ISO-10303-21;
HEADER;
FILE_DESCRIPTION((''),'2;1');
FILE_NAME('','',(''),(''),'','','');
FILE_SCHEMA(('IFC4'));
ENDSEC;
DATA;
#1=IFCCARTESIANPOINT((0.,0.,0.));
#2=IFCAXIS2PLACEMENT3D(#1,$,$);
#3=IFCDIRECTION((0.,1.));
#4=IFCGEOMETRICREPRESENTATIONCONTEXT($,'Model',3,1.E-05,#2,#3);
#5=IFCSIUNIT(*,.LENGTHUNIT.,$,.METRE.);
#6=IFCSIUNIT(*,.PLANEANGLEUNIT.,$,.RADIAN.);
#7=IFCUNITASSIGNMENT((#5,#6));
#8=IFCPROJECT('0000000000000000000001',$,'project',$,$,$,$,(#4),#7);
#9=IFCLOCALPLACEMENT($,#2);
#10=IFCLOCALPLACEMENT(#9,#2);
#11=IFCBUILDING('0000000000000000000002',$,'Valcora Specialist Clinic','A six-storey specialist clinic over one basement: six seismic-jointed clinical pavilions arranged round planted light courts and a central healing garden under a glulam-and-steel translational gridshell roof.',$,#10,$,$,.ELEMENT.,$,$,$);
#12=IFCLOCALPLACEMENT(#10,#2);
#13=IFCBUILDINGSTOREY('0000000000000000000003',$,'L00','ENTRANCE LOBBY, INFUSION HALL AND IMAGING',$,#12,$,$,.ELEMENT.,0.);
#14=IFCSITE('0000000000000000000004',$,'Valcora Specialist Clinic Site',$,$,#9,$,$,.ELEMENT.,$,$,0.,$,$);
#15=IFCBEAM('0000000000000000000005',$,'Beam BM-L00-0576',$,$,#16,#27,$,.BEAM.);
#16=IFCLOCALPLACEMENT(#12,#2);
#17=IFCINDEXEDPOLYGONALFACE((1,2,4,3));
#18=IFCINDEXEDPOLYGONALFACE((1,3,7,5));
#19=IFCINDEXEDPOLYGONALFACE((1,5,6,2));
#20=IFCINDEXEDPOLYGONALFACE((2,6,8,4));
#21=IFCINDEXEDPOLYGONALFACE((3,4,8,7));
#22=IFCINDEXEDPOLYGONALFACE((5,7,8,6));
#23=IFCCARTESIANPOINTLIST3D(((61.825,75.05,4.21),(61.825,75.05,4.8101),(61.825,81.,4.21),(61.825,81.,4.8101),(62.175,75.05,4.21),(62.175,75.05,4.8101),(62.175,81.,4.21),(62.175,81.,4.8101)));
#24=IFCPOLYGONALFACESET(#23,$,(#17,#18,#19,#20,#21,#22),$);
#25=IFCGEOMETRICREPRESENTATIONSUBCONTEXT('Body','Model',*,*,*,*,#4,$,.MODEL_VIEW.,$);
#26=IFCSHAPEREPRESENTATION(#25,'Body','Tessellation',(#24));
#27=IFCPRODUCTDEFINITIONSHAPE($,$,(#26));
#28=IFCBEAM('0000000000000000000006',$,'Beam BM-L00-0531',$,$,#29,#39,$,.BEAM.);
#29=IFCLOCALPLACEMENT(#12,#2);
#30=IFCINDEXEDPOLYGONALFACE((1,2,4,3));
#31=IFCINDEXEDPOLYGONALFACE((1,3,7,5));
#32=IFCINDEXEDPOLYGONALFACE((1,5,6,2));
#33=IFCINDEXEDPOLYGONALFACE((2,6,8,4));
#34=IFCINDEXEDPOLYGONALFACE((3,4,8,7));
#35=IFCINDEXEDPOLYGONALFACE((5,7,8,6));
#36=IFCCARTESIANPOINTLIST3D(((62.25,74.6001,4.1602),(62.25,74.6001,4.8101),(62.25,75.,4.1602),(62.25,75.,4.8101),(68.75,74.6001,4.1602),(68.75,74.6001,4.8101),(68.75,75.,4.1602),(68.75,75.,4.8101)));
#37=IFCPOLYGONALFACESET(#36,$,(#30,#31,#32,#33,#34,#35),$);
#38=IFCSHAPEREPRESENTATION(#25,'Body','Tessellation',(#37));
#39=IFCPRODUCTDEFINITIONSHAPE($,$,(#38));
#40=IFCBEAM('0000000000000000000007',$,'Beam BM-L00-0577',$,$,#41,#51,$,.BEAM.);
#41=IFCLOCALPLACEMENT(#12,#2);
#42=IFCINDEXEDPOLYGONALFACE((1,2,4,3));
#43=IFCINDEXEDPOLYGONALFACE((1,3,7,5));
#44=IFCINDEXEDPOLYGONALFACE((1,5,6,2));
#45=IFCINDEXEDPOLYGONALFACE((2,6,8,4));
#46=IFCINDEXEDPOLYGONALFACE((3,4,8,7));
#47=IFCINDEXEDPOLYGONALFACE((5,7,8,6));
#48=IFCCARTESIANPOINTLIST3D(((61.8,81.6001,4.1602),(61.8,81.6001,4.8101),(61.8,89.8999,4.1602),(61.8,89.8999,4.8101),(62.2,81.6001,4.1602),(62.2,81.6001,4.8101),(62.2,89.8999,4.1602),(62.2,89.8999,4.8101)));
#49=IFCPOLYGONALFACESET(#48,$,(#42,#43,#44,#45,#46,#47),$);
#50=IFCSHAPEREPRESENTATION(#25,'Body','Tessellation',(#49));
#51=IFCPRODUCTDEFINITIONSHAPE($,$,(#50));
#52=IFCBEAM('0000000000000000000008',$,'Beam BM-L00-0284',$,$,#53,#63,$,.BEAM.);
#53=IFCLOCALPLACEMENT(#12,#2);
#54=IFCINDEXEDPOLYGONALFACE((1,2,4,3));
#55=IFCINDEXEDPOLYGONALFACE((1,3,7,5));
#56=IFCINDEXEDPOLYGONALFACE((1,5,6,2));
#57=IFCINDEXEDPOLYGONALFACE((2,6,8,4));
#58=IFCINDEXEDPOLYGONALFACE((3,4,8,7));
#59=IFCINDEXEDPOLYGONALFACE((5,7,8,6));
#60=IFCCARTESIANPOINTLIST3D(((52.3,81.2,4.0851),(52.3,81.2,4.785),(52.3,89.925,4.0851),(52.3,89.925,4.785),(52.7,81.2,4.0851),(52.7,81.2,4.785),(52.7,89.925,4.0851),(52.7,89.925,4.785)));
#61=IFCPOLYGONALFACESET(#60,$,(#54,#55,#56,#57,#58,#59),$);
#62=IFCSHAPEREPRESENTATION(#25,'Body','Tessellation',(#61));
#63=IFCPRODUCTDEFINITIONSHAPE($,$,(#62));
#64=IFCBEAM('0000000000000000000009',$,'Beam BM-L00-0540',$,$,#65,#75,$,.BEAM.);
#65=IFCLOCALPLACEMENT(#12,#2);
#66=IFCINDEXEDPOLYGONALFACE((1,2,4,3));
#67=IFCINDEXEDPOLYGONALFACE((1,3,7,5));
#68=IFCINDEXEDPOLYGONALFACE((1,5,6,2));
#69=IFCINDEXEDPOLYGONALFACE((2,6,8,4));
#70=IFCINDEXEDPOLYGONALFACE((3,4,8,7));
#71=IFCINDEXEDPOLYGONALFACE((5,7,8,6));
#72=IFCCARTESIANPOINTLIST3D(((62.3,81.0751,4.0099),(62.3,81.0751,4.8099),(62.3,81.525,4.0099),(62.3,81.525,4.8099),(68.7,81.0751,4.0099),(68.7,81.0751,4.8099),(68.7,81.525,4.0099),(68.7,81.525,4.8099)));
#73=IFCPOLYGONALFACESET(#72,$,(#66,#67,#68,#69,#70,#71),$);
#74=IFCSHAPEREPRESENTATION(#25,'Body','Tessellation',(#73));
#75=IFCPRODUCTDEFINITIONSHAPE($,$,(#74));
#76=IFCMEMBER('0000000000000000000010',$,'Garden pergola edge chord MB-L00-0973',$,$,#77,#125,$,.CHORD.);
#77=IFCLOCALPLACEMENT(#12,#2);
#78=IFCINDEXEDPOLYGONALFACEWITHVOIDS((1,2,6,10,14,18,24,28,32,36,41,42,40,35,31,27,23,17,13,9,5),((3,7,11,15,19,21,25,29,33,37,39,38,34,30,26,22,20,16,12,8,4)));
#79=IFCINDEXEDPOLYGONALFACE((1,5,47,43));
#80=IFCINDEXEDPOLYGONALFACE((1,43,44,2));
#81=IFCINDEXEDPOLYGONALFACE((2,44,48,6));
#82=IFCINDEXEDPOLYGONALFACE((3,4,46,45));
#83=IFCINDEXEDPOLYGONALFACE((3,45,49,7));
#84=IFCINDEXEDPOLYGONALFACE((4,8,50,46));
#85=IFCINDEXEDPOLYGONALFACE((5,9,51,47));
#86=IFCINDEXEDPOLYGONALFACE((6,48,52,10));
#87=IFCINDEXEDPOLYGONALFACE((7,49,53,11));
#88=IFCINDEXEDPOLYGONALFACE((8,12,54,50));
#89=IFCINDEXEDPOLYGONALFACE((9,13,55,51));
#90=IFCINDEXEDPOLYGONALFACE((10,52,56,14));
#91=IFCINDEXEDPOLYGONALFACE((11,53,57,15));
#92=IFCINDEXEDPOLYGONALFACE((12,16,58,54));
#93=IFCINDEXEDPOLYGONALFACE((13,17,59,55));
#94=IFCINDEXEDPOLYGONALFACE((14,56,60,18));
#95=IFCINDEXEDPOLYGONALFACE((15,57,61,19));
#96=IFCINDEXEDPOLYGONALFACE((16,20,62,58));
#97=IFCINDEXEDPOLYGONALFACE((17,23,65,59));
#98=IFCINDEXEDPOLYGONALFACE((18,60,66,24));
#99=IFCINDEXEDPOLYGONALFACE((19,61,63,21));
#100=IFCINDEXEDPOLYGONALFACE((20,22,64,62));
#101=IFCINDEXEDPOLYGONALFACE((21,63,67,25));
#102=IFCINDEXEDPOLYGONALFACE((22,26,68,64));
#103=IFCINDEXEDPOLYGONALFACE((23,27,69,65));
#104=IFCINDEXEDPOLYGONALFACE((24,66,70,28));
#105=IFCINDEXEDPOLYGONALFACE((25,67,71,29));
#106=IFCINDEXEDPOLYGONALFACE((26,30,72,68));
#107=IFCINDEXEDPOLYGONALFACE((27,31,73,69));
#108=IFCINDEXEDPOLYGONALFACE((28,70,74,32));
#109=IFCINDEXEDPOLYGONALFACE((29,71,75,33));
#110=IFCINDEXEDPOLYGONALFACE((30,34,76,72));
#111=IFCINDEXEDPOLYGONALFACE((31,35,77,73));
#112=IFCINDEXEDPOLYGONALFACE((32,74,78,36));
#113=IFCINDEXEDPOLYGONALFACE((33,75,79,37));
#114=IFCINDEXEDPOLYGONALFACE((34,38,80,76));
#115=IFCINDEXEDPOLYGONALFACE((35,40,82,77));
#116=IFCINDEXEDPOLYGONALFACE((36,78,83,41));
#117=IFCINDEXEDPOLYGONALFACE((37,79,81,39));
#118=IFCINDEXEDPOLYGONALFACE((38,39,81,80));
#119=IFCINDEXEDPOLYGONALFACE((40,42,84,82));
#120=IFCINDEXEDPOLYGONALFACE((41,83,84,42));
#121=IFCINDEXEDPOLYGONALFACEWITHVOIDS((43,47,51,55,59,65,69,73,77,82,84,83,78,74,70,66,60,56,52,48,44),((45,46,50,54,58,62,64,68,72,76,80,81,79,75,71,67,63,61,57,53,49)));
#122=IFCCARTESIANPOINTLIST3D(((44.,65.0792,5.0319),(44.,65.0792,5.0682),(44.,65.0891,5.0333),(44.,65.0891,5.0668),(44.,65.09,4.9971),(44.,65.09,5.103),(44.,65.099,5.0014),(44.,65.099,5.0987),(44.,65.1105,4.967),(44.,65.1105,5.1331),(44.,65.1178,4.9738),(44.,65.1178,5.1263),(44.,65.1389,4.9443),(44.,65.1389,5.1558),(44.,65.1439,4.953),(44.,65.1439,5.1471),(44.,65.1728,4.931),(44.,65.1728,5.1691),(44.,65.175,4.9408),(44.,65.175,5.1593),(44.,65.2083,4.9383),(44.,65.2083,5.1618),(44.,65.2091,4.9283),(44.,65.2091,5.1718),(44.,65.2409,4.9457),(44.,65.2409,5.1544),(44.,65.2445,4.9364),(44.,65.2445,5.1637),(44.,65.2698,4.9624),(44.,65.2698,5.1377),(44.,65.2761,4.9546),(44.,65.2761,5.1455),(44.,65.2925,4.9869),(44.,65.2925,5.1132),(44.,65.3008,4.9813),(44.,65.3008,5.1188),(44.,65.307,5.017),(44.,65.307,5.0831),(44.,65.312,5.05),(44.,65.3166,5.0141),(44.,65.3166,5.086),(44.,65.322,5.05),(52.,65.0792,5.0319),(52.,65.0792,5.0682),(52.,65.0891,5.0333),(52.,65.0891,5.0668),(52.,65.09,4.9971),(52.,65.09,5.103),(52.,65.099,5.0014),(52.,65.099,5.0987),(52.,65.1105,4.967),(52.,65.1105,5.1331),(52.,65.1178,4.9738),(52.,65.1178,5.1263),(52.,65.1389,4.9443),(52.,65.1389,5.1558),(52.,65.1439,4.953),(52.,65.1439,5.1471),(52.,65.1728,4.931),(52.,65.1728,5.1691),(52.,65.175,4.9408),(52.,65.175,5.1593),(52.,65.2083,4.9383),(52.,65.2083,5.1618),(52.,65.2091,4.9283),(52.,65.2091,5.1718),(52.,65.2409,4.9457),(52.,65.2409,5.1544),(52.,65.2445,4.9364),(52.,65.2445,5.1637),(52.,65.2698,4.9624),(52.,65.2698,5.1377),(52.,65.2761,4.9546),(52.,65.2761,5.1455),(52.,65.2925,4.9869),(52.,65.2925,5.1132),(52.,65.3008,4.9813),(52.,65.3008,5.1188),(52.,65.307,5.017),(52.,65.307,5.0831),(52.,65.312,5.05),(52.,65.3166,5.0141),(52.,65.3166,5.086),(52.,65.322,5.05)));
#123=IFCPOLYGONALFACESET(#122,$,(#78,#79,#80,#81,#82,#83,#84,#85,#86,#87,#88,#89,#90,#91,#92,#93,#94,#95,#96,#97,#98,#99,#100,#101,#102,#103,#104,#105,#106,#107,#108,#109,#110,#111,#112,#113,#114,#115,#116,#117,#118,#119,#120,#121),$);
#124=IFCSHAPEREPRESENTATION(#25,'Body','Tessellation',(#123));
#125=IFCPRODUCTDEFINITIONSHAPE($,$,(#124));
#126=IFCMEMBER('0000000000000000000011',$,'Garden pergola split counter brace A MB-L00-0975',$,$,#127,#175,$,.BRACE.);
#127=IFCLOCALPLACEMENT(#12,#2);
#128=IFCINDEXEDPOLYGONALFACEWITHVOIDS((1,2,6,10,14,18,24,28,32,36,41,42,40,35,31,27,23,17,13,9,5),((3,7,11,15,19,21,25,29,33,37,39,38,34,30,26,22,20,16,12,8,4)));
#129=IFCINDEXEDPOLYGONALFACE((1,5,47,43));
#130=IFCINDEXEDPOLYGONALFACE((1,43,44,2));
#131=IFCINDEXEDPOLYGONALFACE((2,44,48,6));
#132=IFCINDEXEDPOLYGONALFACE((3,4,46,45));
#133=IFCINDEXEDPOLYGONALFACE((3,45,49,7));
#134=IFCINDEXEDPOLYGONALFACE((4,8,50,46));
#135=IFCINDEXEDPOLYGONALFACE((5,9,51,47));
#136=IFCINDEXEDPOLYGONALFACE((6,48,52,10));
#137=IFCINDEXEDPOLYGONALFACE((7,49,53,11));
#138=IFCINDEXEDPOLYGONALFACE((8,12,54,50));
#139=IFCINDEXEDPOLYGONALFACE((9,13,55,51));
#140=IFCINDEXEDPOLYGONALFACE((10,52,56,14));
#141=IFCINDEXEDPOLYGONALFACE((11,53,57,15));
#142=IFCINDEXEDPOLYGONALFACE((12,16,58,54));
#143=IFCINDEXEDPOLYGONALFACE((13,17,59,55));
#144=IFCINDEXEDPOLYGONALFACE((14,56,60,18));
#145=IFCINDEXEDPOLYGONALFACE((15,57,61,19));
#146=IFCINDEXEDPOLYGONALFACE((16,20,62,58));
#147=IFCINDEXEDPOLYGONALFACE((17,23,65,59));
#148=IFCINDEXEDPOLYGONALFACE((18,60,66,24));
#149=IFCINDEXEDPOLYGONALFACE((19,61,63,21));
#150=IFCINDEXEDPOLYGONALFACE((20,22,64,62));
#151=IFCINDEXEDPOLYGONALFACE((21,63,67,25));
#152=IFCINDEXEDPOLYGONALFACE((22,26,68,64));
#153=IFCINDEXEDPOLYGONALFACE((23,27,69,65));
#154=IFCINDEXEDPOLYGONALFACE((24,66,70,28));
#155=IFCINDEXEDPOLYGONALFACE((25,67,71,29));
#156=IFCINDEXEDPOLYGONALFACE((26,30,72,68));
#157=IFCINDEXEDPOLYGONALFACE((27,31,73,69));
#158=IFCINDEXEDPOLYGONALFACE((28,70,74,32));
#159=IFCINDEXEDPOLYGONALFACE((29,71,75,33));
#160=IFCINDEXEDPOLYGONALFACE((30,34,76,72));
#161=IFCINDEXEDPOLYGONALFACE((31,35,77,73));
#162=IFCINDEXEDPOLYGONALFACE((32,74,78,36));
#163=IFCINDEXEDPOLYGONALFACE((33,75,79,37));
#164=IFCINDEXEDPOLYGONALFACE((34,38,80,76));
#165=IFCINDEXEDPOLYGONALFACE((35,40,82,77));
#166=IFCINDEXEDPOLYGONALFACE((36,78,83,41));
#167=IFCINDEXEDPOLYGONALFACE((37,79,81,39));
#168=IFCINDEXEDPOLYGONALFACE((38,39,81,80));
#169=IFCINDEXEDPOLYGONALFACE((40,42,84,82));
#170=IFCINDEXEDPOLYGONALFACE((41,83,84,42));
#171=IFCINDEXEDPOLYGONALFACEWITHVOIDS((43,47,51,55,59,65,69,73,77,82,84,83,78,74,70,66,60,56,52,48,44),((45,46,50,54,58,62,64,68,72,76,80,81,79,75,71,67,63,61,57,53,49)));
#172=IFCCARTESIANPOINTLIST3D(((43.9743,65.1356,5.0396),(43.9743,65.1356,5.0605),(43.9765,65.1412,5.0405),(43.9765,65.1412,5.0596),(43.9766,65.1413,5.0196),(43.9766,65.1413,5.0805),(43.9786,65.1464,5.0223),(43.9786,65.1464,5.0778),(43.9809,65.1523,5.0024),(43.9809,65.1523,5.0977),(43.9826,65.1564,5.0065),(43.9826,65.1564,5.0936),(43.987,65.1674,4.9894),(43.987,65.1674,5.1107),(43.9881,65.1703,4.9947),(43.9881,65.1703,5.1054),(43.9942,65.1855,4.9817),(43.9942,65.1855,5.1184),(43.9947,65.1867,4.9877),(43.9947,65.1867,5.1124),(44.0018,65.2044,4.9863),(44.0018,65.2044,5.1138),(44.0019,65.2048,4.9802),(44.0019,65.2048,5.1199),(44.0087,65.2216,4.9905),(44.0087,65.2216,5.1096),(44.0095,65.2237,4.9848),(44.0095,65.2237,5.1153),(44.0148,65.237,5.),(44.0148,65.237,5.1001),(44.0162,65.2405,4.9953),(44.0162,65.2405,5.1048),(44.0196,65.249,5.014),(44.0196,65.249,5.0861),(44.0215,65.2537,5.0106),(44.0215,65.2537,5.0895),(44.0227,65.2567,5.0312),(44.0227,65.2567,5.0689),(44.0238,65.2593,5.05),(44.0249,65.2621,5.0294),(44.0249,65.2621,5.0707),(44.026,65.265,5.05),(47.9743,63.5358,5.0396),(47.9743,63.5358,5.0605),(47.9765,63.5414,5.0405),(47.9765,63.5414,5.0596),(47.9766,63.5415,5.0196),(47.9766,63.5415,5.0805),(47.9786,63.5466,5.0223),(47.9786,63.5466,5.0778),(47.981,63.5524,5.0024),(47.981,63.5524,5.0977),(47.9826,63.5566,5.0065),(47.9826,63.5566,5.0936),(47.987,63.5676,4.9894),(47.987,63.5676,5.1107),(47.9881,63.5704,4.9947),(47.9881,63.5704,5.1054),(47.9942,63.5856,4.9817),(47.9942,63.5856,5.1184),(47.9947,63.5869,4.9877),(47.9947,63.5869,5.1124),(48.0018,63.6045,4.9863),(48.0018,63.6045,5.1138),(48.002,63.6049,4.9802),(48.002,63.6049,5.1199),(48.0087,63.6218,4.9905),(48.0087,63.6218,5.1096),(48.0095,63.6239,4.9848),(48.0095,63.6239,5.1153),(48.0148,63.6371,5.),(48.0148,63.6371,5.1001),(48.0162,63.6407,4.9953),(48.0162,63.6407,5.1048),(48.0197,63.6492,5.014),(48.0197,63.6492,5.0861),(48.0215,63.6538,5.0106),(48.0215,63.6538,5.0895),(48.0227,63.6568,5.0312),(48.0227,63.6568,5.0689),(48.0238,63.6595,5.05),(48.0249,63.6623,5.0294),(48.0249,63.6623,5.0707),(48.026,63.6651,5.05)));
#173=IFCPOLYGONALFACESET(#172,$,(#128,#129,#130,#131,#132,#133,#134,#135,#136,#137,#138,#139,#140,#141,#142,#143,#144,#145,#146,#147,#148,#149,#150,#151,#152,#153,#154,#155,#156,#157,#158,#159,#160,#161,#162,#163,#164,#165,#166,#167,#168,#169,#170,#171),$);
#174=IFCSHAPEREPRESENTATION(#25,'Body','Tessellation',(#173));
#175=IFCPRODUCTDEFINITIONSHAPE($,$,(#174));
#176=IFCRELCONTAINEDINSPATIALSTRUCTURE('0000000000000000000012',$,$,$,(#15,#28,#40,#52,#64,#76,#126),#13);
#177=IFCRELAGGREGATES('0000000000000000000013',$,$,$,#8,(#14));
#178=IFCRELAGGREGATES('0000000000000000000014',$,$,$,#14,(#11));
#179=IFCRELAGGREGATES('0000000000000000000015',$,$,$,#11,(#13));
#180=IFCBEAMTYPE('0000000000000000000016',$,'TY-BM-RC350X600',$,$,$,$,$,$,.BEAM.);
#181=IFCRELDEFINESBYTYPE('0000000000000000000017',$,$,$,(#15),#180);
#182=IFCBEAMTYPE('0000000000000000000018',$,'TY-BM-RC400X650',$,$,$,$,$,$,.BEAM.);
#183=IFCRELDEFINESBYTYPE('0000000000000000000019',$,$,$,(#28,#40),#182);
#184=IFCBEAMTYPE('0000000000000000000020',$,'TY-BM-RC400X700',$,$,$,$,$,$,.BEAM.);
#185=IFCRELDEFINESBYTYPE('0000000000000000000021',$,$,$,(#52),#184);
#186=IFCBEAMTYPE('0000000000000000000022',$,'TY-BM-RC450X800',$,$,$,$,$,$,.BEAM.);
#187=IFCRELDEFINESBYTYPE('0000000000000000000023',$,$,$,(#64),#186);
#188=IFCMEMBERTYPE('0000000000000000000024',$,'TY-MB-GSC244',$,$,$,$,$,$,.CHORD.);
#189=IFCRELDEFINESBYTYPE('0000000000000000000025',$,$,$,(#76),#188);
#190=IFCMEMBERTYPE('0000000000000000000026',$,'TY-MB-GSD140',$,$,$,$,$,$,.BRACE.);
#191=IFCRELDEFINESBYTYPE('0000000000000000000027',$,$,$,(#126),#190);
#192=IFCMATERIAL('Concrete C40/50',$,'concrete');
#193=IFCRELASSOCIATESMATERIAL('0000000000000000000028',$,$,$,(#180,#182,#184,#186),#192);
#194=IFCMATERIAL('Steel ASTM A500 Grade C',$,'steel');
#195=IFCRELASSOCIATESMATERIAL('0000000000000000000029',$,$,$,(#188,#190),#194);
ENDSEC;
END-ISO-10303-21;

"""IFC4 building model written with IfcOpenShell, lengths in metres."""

from ifc_helpers import new_model, si_unit, direction, frame, origin, origin_2d, place, context, subcontext, project, spatial, rectangle, hollow_circle, extrude, material, material_profile, profile_set, type_object, element, save


model = new_model("IFC4")

# Units and contexts
model_context = context("Model", 3, precision=1e-05, world=origin(), true_north=direction((0.0, 1.0)))
body_context = subcontext(model_context, "Body", "Model", "MODEL_VIEW")
ifc_project = project(units=[si_unit("LENGTHUNIT", "METRE"), si_unit("PLANEANGLEUNIT", "RADIAN")], contexts=[model_context])

# Site, building, storey
site_placement = place(None, origin())
site = spatial("IfcSite", under=ifc_project, at=site_placement, Name="Valcora Specialist Clinic Site", CompositionType="ELEMENT", RefElevation=0.0)
building_placement = place(site_placement, origin())
building = spatial("IfcBuilding", under=site, at=building_placement, Name="Valcora Specialist Clinic", Description="A six-storey specialist clinic over one basement: six seismic-jointed clinical pavilions arranged round planted light courts and a central healing garden under a glulam-and-steel translational gridshell roof.", CompositionType="ELEMENT")
storey_placement = place(building_placement, origin())
storey = spatial("IfcBuildingStorey", under=building, at=storey_placement, Name="L00", Description="ENTRANCE LOBBY, INFUSION HALL AND IMAGING", CompositionType="ELEMENT", Elevation=0.0)

# Shared definitions
ifc_material_1 = material(Name="Steel ASTM A500 Grade C", Category="steel")
ifc_material_2 = material(Name="Concrete C40/50", Category="concrete")

# Beams
ifc_material_profile_1 = material_profile(ifc_material_2, rectangle(XDim=0.3501, YDim=0.6001, at=origin_2d()), Name="RC-BM-350X600")
ifc_profile_set_1 = profile_set([ifc_material_profile_1], Name="Concrete C40/50")
beam_type_1 = type_object("IfcBeamType", Name="TY-BM-RC350X600", PredefinedType="BEAM", material=ifc_profile_set_1)
beam_1_placement = place(storey_placement, frame((62.0, 75.05, 4.51), z_axis=(0.0, 1.0, 0.0), x_axis=(-1.0, 0.0, 0.0)))
element("IfcBeam", 1, at=beam_1_placement, inside=storey, type_object=beam_type_1, Name="Beam BM-L00-0576", PredefinedType="BEAM", context=body_context, shape_type="SweptSolid", body=[
    extrude(rectangle(XDim=0.3501, YDim=0.6001, at=origin_2d()), origin(), (0.0, 0.0, 1.0), 5.95),
])
ifc_material_profile_2 = material_profile(ifc_material_2, rectangle(XDim=0.3999, YDim=0.6499, at=origin_2d()), Name="RC-BM-400X650")
ifc_profile_set_2 = profile_set([ifc_material_profile_2], Name="Concrete C40/50")
beam_type_2 = type_object("IfcBeamType", Name="TY-BM-RC400X650", PredefinedType="BEAM", material=ifc_profile_set_2)
beam_2_placement = place(storey_placement, frame((62.25, 74.8, 4.4851), z_axis=(1.0, 0.0, 0.0), x_axis=(0.0, 1.0, 0.0)))
element("IfcBeam", 2, at=beam_2_placement, inside=storey, type_object=beam_type_2, Name="Beam BM-L00-0531", PredefinedType="BEAM", context=body_context, shape_type="SweptSolid", body=[
    extrude(rectangle(XDim=0.3999, YDim=0.6499, at=origin_2d()), origin(), (0.0, 0.0, 1.0), 6.5),
])
beam_3_placement = place(storey_placement, frame((62.0, 81.6001, 4.4851), z_axis=(0.0, 1.0, 0.0), x_axis=(-1.0, 0.0, 0.0)))
element("IfcBeam", 3, at=beam_3_placement, inside=storey, type_object=beam_type_2, Name="Beam BM-L00-0577", PredefinedType="BEAM", context=body_context, shape_type="SweptSolid", body=[
    extrude(rectangle(XDim=0.3999, YDim=0.6499, at=origin_2d()), origin(), (0.0, 0.0, 1.0), 8.2998),
])
ifc_material_profile_3 = material_profile(ifc_material_2, rectangle(XDim=0.3999, YDim=0.7, at=origin_2d()), Name="RC-BM-400X700")
ifc_profile_set_3 = profile_set([ifc_material_profile_3], Name="Concrete C40/50")
beam_type_3 = type_object("IfcBeamType", Name="TY-BM-RC400X700", PredefinedType="BEAM", material=ifc_profile_set_3)
beam_4_placement = place(storey_placement, frame((52.5, 81.2, 4.4351), z_axis=(0.0, 1.0, 0.0), x_axis=(-1.0, 0.0, 0.0)))
element("IfcBeam", 4, at=beam_4_placement, inside=storey, type_object=beam_type_3, Name="Beam BM-L00-0284", PredefinedType="BEAM", context=body_context, shape_type="SweptSolid", body=[
    extrude(rectangle(XDim=0.3999, YDim=0.7, at=origin_2d()), origin(), (0.0, 0.0, 1.0), 8.7251),
])
ifc_material_profile_4 = material_profile(ifc_material_2, rectangle(XDim=0.45, YDim=0.8, at=origin_2d()), Name="RC-BM-450X800")
ifc_profile_set_4 = profile_set([ifc_material_profile_4], Name="Concrete C40/50")
beam_type_4 = type_object("IfcBeamType", Name="TY-BM-RC450X800", PredefinedType="BEAM", material=ifc_profile_set_4)
beam_5_placement = place(storey_placement, frame((62.3, 81.3, 4.4099), z_axis=(1.0, 0.0, 0.0), x_axis=(0.0, 1.0, 0.0)))
element("IfcBeam", 5, at=beam_5_placement, inside=storey, type_object=beam_type_4, Name="Beam BM-L00-0540", PredefinedType="BEAM", context=body_context, shape_type="SweptSolid", body=[
    extrude(rectangle(XDim=0.45, YDim=0.8, at=origin_2d()), origin(), (0.0, 0.0, 1.0), 6.3999),
])

# Members
ifc_material_profile_5 = material_profile(ifc_material_1, hollow_circle(Radius=0.1221, WallThickness=0.01, at=origin_2d()), Name="ST-CHS-244X10")
ifc_profile_set_5 = profile_set([ifc_material_profile_5], Name="Steel ASTM A500 Grade C")
member_type_1 = type_object("IfcMemberType", Name="TY-MB-GSC244", PredefinedType="CHORD", material=ifc_profile_set_5)
member_1_placement = place(storey_placement, frame((44.0, 65.2, 5.05), z_axis=(1.0, 0.0, 0.0), x_axis=(0.0, 1.0, 0.0)))
element("IfcMember", 6, at=member_1_placement, inside=storey, type_object=member_type_1, Name="Garden pergola edge chord MB-L00-0973", PredefinedType="CHORD", context=body_context, shape_type="SweptSolid", body=[
    extrude(hollow_circle(Radius=0.1221, WallThickness=0.01, at=origin_2d()), origin(), (0.0, 0.0, 1.0), 8.0),
])
ifc_material_profile_6 = material_profile(ifc_material_1, hollow_circle(Radius=0.0701, WallThickness=0.0061, at=origin_2d()), Name="ST-CHS-140X6")
ifc_profile_set_6 = profile_set([ifc_material_profile_6], Name="Steel ASTM A500 Grade C")
member_type_2 = type_object("IfcMemberType", Name="TY-MB-GSD140", PredefinedType="BRACE", material=ifc_profile_set_6)
member_2_placement = place(storey_placement, frame((44.0, 65.2, 5.05), z_axis=(0.928488, -0.371361, 0.0), x_axis=(0.371361, 0.928488, 0.0)))
element("IfcMember", 7, at=member_2_placement, inside=storey, type_object=member_type_2, Name="Garden pergola split counter brace A MB-L00-0975", PredefinedType="BRACE", context=body_context, shape_type="SweptSolid", body=[
    extrude(hollow_circle(Radius=0.0701, WallThickness=0.0061, at=origin_2d()), origin(), (0.0, 0.0, 1.0), 4.3081),
])

save(model, "model.ifc")
